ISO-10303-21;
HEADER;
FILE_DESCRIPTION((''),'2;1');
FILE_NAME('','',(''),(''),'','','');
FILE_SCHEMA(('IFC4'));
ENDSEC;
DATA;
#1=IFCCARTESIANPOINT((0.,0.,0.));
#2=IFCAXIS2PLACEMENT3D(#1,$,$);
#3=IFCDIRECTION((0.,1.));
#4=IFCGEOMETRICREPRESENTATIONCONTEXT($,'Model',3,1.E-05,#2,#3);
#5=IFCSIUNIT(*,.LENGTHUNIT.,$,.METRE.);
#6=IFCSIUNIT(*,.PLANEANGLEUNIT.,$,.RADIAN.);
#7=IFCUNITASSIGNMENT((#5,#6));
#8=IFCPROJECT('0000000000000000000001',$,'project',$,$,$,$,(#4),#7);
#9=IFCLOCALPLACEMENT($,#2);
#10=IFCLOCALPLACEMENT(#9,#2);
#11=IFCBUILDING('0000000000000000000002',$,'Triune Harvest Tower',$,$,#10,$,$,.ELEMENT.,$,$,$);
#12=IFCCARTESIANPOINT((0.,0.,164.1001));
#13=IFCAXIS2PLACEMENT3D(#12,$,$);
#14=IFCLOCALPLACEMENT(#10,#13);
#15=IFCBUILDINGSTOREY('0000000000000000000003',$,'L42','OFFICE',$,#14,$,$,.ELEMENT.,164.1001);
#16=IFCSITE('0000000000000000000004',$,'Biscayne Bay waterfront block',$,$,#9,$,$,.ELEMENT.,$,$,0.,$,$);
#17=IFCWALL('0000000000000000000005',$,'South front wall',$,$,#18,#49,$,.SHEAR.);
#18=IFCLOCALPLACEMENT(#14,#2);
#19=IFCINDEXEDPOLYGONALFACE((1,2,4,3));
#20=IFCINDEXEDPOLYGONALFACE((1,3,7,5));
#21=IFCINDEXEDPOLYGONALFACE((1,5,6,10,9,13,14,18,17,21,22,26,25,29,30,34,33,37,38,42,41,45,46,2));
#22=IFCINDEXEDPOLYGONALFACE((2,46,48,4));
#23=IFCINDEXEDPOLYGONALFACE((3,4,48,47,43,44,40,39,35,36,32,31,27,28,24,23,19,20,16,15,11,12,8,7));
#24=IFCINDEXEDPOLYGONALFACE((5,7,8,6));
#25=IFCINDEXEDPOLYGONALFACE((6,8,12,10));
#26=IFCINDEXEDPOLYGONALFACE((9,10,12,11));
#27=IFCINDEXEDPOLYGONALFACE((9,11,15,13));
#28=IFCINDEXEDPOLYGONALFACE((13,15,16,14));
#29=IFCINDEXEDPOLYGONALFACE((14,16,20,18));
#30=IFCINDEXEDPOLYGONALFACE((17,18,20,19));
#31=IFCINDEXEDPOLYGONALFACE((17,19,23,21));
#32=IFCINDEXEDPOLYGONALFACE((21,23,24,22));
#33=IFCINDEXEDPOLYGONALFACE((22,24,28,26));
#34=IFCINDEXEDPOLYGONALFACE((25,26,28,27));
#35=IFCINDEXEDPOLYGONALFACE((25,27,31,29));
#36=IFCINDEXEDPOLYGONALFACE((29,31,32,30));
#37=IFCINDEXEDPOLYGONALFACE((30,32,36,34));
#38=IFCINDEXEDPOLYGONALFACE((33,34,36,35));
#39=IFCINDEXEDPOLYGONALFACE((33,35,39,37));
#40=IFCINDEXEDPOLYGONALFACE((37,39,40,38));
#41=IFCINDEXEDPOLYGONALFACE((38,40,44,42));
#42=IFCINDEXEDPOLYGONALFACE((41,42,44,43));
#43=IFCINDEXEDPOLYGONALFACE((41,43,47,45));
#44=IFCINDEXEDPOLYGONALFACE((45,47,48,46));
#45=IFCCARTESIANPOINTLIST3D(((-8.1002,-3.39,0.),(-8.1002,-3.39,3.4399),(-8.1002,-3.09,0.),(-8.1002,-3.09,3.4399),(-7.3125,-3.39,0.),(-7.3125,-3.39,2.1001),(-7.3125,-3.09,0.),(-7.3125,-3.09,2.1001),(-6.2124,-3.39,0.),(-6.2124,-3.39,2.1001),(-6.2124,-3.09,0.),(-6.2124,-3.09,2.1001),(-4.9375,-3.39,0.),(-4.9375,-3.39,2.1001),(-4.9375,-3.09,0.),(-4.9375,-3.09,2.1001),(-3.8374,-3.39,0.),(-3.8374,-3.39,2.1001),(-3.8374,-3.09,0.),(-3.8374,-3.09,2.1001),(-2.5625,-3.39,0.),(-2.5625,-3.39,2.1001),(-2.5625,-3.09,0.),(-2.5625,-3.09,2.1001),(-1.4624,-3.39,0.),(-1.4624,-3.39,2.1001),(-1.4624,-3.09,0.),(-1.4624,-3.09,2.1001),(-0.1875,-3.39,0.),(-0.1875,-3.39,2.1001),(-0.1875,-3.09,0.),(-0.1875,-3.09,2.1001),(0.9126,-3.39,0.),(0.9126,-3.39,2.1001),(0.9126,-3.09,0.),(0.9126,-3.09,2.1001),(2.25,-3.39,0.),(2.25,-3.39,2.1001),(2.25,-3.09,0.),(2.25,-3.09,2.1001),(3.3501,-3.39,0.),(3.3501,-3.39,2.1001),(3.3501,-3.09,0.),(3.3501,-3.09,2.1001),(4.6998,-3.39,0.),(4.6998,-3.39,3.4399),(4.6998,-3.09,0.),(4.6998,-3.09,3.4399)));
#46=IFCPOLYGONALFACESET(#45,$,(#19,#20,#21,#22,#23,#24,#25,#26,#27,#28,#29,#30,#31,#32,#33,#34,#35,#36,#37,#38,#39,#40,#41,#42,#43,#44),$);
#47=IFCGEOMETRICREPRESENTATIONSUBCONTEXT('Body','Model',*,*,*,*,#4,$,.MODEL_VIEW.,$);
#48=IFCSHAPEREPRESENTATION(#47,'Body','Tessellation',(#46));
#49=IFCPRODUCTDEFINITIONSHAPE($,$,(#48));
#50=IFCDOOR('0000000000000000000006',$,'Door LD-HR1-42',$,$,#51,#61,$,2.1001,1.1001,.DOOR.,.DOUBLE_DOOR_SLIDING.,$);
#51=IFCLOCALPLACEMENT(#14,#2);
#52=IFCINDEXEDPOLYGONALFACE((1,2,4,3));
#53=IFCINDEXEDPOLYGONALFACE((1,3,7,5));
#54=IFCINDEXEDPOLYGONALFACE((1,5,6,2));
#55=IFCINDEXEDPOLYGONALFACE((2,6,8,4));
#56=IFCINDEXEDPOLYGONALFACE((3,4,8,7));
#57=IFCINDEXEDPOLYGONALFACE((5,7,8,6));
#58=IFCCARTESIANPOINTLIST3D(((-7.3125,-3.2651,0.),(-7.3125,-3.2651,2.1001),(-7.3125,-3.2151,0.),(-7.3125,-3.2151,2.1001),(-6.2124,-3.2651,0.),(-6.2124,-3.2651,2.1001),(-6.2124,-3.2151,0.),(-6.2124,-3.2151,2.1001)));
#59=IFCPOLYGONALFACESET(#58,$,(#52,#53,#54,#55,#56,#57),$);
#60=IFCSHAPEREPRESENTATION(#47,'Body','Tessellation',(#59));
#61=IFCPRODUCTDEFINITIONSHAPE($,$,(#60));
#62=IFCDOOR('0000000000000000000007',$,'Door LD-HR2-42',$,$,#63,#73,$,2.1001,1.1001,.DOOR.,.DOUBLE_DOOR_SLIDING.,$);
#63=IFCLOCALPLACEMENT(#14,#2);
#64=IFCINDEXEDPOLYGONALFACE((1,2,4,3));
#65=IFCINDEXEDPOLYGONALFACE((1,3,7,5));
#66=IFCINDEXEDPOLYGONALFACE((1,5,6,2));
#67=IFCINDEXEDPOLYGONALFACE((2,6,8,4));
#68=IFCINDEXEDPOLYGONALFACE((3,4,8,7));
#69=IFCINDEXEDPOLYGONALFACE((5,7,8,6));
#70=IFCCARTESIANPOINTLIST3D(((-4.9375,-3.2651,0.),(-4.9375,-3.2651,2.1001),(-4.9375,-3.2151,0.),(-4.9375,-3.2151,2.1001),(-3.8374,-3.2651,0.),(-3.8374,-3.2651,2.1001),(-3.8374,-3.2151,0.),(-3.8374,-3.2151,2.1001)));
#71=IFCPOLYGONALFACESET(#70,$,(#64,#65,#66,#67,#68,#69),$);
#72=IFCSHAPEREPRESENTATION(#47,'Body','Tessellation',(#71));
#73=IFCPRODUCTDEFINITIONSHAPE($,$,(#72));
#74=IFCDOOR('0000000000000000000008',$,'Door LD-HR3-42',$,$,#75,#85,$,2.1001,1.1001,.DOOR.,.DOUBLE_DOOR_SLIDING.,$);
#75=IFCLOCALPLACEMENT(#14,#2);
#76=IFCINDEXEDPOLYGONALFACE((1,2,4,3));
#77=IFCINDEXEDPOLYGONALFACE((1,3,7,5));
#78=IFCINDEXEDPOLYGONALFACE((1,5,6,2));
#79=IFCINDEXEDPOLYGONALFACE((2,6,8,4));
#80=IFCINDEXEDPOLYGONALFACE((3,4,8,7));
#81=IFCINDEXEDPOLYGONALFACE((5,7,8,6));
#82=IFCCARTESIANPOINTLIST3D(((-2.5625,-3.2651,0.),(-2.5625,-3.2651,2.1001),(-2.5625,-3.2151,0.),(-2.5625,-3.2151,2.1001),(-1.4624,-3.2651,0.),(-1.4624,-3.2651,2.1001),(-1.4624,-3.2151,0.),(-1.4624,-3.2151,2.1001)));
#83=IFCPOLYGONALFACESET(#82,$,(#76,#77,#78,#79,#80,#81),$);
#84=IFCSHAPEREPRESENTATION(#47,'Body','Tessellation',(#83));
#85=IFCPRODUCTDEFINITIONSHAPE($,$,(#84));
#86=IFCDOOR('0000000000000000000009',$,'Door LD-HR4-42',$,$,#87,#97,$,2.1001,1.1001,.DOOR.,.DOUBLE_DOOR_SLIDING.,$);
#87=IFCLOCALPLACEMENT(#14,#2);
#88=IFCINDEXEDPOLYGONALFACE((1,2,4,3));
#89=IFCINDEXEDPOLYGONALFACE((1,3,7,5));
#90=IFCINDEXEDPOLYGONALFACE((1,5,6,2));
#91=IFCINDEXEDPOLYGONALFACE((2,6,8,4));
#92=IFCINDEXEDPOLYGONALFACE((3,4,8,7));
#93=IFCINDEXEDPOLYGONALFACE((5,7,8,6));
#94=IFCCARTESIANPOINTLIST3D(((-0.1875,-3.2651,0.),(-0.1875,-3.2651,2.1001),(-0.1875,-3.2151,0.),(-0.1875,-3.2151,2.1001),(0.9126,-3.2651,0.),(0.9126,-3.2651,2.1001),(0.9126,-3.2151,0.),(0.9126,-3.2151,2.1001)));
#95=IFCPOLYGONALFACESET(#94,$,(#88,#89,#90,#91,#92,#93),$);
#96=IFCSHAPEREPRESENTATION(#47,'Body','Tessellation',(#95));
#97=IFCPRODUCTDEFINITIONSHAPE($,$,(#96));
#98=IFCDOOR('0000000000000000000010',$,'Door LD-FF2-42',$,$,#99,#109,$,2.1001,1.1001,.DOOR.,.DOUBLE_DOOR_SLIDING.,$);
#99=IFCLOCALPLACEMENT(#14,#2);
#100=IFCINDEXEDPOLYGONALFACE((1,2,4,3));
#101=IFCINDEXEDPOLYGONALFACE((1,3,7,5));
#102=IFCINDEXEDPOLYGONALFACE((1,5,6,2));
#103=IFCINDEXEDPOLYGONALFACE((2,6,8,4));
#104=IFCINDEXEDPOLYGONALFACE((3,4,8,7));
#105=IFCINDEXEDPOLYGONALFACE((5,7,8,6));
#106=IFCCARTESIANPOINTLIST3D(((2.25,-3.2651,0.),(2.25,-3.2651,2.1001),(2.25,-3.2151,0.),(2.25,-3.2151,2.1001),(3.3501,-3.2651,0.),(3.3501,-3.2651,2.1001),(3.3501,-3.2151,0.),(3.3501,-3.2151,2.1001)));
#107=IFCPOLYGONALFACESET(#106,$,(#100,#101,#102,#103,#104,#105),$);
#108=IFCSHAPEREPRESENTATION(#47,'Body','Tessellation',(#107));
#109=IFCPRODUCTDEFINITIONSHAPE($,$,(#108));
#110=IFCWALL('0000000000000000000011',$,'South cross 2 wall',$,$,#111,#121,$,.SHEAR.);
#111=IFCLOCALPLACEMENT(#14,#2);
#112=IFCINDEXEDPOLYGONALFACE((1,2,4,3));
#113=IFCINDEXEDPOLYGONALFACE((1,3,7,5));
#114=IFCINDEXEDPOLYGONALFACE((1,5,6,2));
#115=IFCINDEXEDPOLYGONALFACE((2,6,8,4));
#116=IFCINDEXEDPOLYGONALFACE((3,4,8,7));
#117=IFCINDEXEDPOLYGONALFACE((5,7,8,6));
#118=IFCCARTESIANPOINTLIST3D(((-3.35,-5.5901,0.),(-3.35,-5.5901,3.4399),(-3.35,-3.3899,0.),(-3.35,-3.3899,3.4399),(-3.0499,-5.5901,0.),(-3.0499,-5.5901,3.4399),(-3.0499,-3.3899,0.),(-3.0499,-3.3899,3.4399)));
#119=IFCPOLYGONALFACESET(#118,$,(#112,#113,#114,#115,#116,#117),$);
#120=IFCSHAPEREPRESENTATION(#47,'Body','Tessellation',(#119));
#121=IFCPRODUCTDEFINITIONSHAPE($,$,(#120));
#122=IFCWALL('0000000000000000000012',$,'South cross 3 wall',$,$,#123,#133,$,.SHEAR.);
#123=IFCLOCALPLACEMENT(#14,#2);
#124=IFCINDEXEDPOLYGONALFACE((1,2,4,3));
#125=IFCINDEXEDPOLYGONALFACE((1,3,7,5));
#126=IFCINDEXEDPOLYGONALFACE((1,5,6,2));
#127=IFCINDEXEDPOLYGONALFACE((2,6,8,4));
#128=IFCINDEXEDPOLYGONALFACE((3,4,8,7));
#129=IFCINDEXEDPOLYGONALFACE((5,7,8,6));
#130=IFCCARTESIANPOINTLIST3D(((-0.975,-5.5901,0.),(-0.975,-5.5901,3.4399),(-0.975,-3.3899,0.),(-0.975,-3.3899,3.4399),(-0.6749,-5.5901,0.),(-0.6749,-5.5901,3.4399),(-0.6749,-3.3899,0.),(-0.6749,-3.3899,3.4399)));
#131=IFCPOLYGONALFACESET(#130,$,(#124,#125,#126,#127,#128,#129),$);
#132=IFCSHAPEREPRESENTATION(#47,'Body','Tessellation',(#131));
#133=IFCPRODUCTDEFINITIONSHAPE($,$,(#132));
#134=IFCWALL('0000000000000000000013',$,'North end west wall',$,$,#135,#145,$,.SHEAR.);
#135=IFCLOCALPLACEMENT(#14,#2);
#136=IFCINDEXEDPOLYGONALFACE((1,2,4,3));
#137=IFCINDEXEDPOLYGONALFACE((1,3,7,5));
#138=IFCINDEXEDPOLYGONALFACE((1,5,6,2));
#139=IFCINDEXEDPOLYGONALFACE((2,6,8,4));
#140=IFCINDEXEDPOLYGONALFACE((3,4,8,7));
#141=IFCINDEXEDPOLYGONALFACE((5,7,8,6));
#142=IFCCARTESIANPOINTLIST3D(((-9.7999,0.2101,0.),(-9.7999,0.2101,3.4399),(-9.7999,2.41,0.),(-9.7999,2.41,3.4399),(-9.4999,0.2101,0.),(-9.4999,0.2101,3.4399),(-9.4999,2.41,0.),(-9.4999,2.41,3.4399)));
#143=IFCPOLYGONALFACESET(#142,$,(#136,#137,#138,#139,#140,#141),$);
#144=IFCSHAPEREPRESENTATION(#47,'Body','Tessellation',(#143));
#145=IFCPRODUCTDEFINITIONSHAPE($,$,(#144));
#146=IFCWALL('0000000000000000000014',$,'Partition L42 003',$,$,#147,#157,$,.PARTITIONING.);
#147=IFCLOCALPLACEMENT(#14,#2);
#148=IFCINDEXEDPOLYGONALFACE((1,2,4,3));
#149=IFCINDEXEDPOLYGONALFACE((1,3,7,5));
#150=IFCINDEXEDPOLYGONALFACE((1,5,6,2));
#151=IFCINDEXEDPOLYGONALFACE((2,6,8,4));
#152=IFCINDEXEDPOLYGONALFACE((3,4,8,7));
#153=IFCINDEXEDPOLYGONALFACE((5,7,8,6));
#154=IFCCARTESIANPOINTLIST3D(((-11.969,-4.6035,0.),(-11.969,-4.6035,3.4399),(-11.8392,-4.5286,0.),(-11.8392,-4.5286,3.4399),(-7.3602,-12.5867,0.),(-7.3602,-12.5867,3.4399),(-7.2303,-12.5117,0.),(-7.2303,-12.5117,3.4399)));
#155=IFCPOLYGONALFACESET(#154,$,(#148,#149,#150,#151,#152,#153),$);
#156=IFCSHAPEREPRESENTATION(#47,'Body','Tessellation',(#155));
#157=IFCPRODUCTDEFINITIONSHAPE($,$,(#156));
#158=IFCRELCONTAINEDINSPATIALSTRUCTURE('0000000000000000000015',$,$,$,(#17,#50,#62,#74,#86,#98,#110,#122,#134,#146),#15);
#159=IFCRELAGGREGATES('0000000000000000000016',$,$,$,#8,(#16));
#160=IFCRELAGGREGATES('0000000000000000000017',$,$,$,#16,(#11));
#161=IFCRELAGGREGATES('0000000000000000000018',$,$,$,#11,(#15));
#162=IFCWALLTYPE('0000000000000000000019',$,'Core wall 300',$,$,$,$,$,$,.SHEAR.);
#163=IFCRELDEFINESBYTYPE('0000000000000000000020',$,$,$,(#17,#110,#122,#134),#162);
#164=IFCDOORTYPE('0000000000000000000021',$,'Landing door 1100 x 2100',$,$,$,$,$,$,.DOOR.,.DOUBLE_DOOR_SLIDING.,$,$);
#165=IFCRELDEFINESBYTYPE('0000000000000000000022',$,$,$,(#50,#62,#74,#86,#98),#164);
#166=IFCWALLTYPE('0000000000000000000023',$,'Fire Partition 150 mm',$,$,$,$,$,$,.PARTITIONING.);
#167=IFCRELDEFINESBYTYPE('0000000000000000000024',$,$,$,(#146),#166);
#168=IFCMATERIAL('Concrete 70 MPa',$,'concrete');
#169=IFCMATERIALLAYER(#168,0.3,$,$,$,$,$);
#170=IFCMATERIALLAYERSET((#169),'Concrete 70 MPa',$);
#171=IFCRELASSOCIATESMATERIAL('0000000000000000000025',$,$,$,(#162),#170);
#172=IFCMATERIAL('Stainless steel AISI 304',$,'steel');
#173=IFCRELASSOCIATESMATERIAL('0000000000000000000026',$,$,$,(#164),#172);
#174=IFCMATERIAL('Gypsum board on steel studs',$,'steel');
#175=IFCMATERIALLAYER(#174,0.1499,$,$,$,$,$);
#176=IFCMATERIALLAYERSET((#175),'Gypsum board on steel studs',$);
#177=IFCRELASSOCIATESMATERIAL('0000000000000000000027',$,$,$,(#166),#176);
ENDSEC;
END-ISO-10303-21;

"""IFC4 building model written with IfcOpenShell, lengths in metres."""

from ifc_helpers import new_model, si_unit, direction, frame, frame_2d, origin, place, context, subcontext, project, spatial, rectangle, extrude, source, transform, mapped, material, layer, layer_set, type_object, element, fill, save


model = new_model("IFC4")

# Units and contexts
model_context = context("Model", 3, precision=1e-05, world=origin(), true_north=direction((0.0, 1.0)))
body_context = subcontext(model_context, "Body", "Model", "MODEL_VIEW")
ifc_project = project(units=[si_unit("LENGTHUNIT", "METRE"), si_unit("PLANEANGLEUNIT", "RADIAN")], contexts=[model_context])

# Site, building, storey
site_placement = place(None, origin())
site = spatial("IfcSite", under=ifc_project, at=site_placement, Name="Biscayne Bay waterfront block", CompositionType="ELEMENT", RefElevation=0.0)
building_placement = place(site_placement, origin())
building = spatial("IfcBuilding", under=site, at=building_placement, Name="Triune Harvest Tower", CompositionType="ELEMENT")
storey_placement = place(building_placement, frame((0.0, 0.0, 164.1001)))
storey = spatial("IfcBuildingStorey", under=building, at=storey_placement, Name="L42", Description="OFFICE", CompositionType="ELEMENT", Elevation=164.1001)

# Wall, openings, doors
ifc_material_1 = material(Name="Concrete 70 MPa", Category="concrete")
ifc_layer_1 = layer(ifc_material_1, 0.3)
ifc_layer_set_1 = layer_set([ifc_layer_1], Name="Concrete 70 MPa")
wall_type_1 = type_object("IfcWallType", Name="Core wall 300", PredefinedType="SHEAR", material=ifc_layer_set_1)
shared_shape_1 = source(origin(), body_context, "Body", "SweptSolid", [
    extrude(rectangle(XDim=12.8, YDim=0.3, at=frame_2d((6.3999, 0.0))), origin(), (0.0, 0.0, 1.0), 3.4399),
])
wall_1_placement = place(storey_placement, frame((-8.1001, -3.24, 0.0), z_axis=(0.0, 0.0, 1.0), x_axis=(1.0, 0.0, 0.0)))
wall_1 = element("IfcWall", 1, at=wall_1_placement, inside=storey, type_object=wall_type_1, Name="South front wall", PredefinedType="SHEAR", context=body_context, shape_type="MappedRepresentation", body=[
    mapped(shared_shape_1, transform((0.0, 0.0, 0.0), scale=1.0)),
])
opening_1_placement = place(wall_1_placement, frame((0.7876, 0.0, 0.0)))
opening_1 = element("IfcOpeningElement", 2, at=opening_1_placement, cuts=wall_1, PredefinedType="OPENING", context=body_context, shape_type="SweptSolid", body=[
    extrude(rectangle(XDim=1.1001, YDim=2.1001, at=frame_2d((0.55, 1.05))), frame((0.0, 0.1602, 0.0), z_axis=(0.0, -1.0, 0.0), x_axis=(1.0, 0.0, 0.0)), (0.0, 0.0, 1.0), 0.3201),
])
opening_2_placement = place(wall_1_placement, frame((3.1626, 0.0, 0.0)))
opening_2 = element("IfcOpeningElement", 3, at=opening_2_placement, cuts=wall_1, PredefinedType="OPENING", context=body_context, shape_type="SweptSolid", body=[
    extrude(rectangle(XDim=1.1001, YDim=2.1001, at=frame_2d((0.55, 1.05))), frame((0.0, 0.1602, 0.0), z_axis=(0.0, -1.0, 0.0), x_axis=(1.0, 0.0, 0.0)), (0.0, 0.0, 1.0), 0.3201),
])
opening_3_placement = place(wall_1_placement, frame((5.5376, 0.0, 0.0)))
opening_3 = element("IfcOpeningElement", 4, at=opening_3_placement, cuts=wall_1, PredefinedType="OPENING", context=body_context, shape_type="SweptSolid", body=[
    extrude(rectangle(XDim=1.1001, YDim=2.1001, at=frame_2d((0.55, 1.05))), frame((0.0, 0.1602, 0.0), z_axis=(0.0, -1.0, 0.0), x_axis=(1.0, 0.0, 0.0)), (0.0, 0.0, 1.0), 0.3201),
])
opening_4_placement = place(wall_1_placement, frame((7.9126, 0.0, 0.0)))
opening_4 = element("IfcOpeningElement", 5, at=opening_4_placement, cuts=wall_1, PredefinedType="OPENING", context=body_context, shape_type="SweptSolid", body=[
    extrude(rectangle(XDim=1.1001, YDim=2.1001, at=frame_2d((0.55, 1.05))), frame((0.0, 0.1602, 0.0), z_axis=(0.0, -1.0, 0.0), x_axis=(1.0, 0.0, 0.0)), (0.0, 0.0, 1.0), 0.3201),
])
opening_5_placement = place(wall_1_placement, frame((10.3501, 0.0, 0.0)))
opening_5 = element("IfcOpeningElement", 6, at=opening_5_placement, cuts=wall_1, PredefinedType="OPENING", context=body_context, shape_type="SweptSolid", body=[
    extrude(rectangle(XDim=1.1001, YDim=2.1001, at=frame_2d((0.55, 1.05))), frame((0.0, 0.1602, 0.0), z_axis=(0.0, -1.0, 0.0), x_axis=(1.0, 0.0, 0.0)), (0.0, 0.0, 1.0), 0.3201),
])
ifc_material_2 = material(Name="Stainless steel AISI 304", Category="steel")
door_type_1 = type_object("IfcDoorType", Name="Landing door 1100 x 2100", OperationType="DOUBLE_DOOR_SLIDING", PredefinedType="DOOR", material=ifc_material_2)
door_1_placement = place(opening_1_placement, origin())
door_1 = element("IfcDoor", 7, at=door_1_placement, inside=storey, type_object=door_type_1, Name="Door LD-HR1-42", OperationType="DOUBLE_DOOR_SLIDING", OverallHeight=2.1001, OverallWidth=1.1001, PredefinedType="DOOR", context=body_context, shape_type="SweptSolid", body=[
    extrude(rectangle(XDim=1.1001, YDim=2.1001, at=frame_2d((0.55, 1.05))), frame((0.0, 0.0249, 0.0), z_axis=(0.0, -1.0, 0.0), x_axis=(1.0, 0.0, 0.0)), (0.0, 0.0, 1.0), 0.05),
])
fill(opening_1, door_1)
door_2_placement = place(opening_2_placement, origin())
door_2 = element("IfcDoor", 8, at=door_2_placement, inside=storey, type_object=door_type_1, Name="Door LD-HR2-42", OperationType="DOUBLE_DOOR_SLIDING", OverallHeight=2.1001, OverallWidth=1.1001, PredefinedType="DOOR", context=body_context, shape_type="SweptSolid", body=[
    extrude(rectangle(XDim=1.1001, YDim=2.1001, at=frame_2d((0.55, 1.05))), frame((0.0, 0.0249, 0.0), z_axis=(0.0, -1.0, 0.0), x_axis=(1.0, 0.0, 0.0)), (0.0, 0.0, 1.0), 0.05),
])
fill(opening_2, door_2)
door_3_placement = place(opening_3_placement, origin())
door_3 = element("IfcDoor", 9, at=door_3_placement, inside=storey, type_object=door_type_1, Name="Door LD-HR3-42", OperationType="DOUBLE_DOOR_SLIDING", OverallHeight=2.1001, OverallWidth=1.1001, PredefinedType="DOOR", context=body_context, shape_type="SweptSolid", body=[
    extrude(rectangle(XDim=1.1001, YDim=2.1001, at=frame_2d((0.55, 1.05))), frame((0.0, 0.0249, 0.0), z_axis=(0.0, -1.0, 0.0), x_axis=(1.0, 0.0, 0.0)), (0.0, 0.0, 1.0), 0.05),
])
fill(opening_3, door_3)
door_4_placement = place(opening_4_placement, origin())
door_4 = element("IfcDoor", 10, at=door_4_placement, inside=storey, type_object=door_type_1, Name="Door LD-HR4-42", OperationType="DOUBLE_DOOR_SLIDING", OverallHeight=2.1001, OverallWidth=1.1001, PredefinedType="DOOR", context=body_context, shape_type="SweptSolid", body=[
    extrude(rectangle(XDim=1.1001, YDim=2.1001, at=frame_2d((0.55, 1.05))), frame((0.0, 0.0249, 0.0), z_axis=(0.0, -1.0, 0.0), x_axis=(1.0, 0.0, 0.0)), (0.0, 0.0, 1.0), 0.05),
])
fill(opening_4, door_4)
door_5_placement = place(opening_5_placement, origin())
door_5 = element("IfcDoor", 11, at=door_5_placement, inside=storey, type_object=door_type_1, Name="Door LD-FF2-42", OperationType="DOUBLE_DOOR_SLIDING", OverallHeight=2.1001, OverallWidth=1.1001, PredefinedType="DOOR", context=body_context, shape_type="SweptSolid", body=[
    extrude(rectangle(XDim=1.1001, YDim=2.1001, at=frame_2d((0.55, 1.05))), frame((0.0, 0.0249, 0.0), z_axis=(0.0, -1.0, 0.0), x_axis=(1.0, 0.0, 0.0)), (0.0, 0.0, 1.0), 0.05),
])
fill(opening_5, door_5)

# Walls
shared_shape_2 = source(origin(), body_context, "Body", "SweptSolid", [
    extrude(rectangle(XDim=2.2002, YDim=0.3, at=frame_2d((1.1001, 0.0))), origin(), (0.0, 0.0, 1.0), 3.4399),
])
for number, where, z_axis, x_axis, name in (
    (12, (-3.2, -5.5901, 0.0), (0.0, 0.0, 1.0), (0.0, 1.0, 0.0), "South cross 2 wall"),
    (13, (-0.825, -5.5901, 0.0), (0.0, 0.0, 1.0), (0.0, 1.0, 0.0), "South cross 3 wall"),
):
    element("IfcWall", number, at=place(storey_placement, frame(where, z_axis=z_axis, x_axis=x_axis)), inside=storey, type_object=wall_type_1, Name=name, PredefinedType="SHEAR", context=body_context, shape_type="MappedRepresentation", body=[
        mapped(shared_shape_2, transform((0.0, 0.0, 0.0), scale=1.0)),
    ])
shared_shape_3 = source(origin(), body_context, "Body", "SweptSolid", [
    extrude(rectangle(XDim=2.2, YDim=0.3, at=frame_2d((1.1001, 0.0))), origin(), (0.0, 0.0, 1.0), 3.4399),
])
wall_2_placement = place(storey_placement, frame((-9.6499, 0.21, 0.0), z_axis=(0.0, 0.0, 1.0), x_axis=(0.0, 1.0, 0.0)))
element("IfcWall", 14, at=wall_2_placement, inside=storey, type_object=wall_type_1, Name="North end west wall", PredefinedType="SHEAR", context=body_context, shape_type="MappedRepresentation", body=[
    mapped(shared_shape_3, transform((0.0, 0.0, 0.0), scale=1.0)),
])
ifc_material_3 = material(Name="Gypsum board on steel studs", Category="steel")
ifc_layer_2 = layer(ifc_material_3, 0.1499)
ifc_layer_set_2 = layer_set([ifc_layer_2], Name="Gypsum board on steel studs")
wall_type_2 = type_object("IfcWallType", Name="Fire Partition 150 mm", PredefinedType="PARTITIONING", material=ifc_layer_set_2)
shared_shape_4 = source(origin(), body_context, "Body", "SweptSolid", [
    extrude(rectangle(XDim=9.218, YDim=0.1499, at=frame_2d((4.6089, 0.0))), origin(), (0.0, 0.0, 1.0), 3.4399),
])
wall_3_placement = place(storey_placement, frame((-11.9041, -4.5662, 0.0), z_axis=(0.0, 0.0, 1.0), x_axis=(0.499985, -0.866034, 0.0)))
element("IfcWall", 15, at=wall_3_placement, inside=storey, type_object=wall_type_2, Name="Partition L42 003", PredefinedType="PARTITIONING", context=body_context, shape_type="MappedRepresentation", body=[
    mapped(shared_shape_4, transform((0.0, 0.0, 0.0), scale=1.0)),
])

save(model, "model.ifc")
